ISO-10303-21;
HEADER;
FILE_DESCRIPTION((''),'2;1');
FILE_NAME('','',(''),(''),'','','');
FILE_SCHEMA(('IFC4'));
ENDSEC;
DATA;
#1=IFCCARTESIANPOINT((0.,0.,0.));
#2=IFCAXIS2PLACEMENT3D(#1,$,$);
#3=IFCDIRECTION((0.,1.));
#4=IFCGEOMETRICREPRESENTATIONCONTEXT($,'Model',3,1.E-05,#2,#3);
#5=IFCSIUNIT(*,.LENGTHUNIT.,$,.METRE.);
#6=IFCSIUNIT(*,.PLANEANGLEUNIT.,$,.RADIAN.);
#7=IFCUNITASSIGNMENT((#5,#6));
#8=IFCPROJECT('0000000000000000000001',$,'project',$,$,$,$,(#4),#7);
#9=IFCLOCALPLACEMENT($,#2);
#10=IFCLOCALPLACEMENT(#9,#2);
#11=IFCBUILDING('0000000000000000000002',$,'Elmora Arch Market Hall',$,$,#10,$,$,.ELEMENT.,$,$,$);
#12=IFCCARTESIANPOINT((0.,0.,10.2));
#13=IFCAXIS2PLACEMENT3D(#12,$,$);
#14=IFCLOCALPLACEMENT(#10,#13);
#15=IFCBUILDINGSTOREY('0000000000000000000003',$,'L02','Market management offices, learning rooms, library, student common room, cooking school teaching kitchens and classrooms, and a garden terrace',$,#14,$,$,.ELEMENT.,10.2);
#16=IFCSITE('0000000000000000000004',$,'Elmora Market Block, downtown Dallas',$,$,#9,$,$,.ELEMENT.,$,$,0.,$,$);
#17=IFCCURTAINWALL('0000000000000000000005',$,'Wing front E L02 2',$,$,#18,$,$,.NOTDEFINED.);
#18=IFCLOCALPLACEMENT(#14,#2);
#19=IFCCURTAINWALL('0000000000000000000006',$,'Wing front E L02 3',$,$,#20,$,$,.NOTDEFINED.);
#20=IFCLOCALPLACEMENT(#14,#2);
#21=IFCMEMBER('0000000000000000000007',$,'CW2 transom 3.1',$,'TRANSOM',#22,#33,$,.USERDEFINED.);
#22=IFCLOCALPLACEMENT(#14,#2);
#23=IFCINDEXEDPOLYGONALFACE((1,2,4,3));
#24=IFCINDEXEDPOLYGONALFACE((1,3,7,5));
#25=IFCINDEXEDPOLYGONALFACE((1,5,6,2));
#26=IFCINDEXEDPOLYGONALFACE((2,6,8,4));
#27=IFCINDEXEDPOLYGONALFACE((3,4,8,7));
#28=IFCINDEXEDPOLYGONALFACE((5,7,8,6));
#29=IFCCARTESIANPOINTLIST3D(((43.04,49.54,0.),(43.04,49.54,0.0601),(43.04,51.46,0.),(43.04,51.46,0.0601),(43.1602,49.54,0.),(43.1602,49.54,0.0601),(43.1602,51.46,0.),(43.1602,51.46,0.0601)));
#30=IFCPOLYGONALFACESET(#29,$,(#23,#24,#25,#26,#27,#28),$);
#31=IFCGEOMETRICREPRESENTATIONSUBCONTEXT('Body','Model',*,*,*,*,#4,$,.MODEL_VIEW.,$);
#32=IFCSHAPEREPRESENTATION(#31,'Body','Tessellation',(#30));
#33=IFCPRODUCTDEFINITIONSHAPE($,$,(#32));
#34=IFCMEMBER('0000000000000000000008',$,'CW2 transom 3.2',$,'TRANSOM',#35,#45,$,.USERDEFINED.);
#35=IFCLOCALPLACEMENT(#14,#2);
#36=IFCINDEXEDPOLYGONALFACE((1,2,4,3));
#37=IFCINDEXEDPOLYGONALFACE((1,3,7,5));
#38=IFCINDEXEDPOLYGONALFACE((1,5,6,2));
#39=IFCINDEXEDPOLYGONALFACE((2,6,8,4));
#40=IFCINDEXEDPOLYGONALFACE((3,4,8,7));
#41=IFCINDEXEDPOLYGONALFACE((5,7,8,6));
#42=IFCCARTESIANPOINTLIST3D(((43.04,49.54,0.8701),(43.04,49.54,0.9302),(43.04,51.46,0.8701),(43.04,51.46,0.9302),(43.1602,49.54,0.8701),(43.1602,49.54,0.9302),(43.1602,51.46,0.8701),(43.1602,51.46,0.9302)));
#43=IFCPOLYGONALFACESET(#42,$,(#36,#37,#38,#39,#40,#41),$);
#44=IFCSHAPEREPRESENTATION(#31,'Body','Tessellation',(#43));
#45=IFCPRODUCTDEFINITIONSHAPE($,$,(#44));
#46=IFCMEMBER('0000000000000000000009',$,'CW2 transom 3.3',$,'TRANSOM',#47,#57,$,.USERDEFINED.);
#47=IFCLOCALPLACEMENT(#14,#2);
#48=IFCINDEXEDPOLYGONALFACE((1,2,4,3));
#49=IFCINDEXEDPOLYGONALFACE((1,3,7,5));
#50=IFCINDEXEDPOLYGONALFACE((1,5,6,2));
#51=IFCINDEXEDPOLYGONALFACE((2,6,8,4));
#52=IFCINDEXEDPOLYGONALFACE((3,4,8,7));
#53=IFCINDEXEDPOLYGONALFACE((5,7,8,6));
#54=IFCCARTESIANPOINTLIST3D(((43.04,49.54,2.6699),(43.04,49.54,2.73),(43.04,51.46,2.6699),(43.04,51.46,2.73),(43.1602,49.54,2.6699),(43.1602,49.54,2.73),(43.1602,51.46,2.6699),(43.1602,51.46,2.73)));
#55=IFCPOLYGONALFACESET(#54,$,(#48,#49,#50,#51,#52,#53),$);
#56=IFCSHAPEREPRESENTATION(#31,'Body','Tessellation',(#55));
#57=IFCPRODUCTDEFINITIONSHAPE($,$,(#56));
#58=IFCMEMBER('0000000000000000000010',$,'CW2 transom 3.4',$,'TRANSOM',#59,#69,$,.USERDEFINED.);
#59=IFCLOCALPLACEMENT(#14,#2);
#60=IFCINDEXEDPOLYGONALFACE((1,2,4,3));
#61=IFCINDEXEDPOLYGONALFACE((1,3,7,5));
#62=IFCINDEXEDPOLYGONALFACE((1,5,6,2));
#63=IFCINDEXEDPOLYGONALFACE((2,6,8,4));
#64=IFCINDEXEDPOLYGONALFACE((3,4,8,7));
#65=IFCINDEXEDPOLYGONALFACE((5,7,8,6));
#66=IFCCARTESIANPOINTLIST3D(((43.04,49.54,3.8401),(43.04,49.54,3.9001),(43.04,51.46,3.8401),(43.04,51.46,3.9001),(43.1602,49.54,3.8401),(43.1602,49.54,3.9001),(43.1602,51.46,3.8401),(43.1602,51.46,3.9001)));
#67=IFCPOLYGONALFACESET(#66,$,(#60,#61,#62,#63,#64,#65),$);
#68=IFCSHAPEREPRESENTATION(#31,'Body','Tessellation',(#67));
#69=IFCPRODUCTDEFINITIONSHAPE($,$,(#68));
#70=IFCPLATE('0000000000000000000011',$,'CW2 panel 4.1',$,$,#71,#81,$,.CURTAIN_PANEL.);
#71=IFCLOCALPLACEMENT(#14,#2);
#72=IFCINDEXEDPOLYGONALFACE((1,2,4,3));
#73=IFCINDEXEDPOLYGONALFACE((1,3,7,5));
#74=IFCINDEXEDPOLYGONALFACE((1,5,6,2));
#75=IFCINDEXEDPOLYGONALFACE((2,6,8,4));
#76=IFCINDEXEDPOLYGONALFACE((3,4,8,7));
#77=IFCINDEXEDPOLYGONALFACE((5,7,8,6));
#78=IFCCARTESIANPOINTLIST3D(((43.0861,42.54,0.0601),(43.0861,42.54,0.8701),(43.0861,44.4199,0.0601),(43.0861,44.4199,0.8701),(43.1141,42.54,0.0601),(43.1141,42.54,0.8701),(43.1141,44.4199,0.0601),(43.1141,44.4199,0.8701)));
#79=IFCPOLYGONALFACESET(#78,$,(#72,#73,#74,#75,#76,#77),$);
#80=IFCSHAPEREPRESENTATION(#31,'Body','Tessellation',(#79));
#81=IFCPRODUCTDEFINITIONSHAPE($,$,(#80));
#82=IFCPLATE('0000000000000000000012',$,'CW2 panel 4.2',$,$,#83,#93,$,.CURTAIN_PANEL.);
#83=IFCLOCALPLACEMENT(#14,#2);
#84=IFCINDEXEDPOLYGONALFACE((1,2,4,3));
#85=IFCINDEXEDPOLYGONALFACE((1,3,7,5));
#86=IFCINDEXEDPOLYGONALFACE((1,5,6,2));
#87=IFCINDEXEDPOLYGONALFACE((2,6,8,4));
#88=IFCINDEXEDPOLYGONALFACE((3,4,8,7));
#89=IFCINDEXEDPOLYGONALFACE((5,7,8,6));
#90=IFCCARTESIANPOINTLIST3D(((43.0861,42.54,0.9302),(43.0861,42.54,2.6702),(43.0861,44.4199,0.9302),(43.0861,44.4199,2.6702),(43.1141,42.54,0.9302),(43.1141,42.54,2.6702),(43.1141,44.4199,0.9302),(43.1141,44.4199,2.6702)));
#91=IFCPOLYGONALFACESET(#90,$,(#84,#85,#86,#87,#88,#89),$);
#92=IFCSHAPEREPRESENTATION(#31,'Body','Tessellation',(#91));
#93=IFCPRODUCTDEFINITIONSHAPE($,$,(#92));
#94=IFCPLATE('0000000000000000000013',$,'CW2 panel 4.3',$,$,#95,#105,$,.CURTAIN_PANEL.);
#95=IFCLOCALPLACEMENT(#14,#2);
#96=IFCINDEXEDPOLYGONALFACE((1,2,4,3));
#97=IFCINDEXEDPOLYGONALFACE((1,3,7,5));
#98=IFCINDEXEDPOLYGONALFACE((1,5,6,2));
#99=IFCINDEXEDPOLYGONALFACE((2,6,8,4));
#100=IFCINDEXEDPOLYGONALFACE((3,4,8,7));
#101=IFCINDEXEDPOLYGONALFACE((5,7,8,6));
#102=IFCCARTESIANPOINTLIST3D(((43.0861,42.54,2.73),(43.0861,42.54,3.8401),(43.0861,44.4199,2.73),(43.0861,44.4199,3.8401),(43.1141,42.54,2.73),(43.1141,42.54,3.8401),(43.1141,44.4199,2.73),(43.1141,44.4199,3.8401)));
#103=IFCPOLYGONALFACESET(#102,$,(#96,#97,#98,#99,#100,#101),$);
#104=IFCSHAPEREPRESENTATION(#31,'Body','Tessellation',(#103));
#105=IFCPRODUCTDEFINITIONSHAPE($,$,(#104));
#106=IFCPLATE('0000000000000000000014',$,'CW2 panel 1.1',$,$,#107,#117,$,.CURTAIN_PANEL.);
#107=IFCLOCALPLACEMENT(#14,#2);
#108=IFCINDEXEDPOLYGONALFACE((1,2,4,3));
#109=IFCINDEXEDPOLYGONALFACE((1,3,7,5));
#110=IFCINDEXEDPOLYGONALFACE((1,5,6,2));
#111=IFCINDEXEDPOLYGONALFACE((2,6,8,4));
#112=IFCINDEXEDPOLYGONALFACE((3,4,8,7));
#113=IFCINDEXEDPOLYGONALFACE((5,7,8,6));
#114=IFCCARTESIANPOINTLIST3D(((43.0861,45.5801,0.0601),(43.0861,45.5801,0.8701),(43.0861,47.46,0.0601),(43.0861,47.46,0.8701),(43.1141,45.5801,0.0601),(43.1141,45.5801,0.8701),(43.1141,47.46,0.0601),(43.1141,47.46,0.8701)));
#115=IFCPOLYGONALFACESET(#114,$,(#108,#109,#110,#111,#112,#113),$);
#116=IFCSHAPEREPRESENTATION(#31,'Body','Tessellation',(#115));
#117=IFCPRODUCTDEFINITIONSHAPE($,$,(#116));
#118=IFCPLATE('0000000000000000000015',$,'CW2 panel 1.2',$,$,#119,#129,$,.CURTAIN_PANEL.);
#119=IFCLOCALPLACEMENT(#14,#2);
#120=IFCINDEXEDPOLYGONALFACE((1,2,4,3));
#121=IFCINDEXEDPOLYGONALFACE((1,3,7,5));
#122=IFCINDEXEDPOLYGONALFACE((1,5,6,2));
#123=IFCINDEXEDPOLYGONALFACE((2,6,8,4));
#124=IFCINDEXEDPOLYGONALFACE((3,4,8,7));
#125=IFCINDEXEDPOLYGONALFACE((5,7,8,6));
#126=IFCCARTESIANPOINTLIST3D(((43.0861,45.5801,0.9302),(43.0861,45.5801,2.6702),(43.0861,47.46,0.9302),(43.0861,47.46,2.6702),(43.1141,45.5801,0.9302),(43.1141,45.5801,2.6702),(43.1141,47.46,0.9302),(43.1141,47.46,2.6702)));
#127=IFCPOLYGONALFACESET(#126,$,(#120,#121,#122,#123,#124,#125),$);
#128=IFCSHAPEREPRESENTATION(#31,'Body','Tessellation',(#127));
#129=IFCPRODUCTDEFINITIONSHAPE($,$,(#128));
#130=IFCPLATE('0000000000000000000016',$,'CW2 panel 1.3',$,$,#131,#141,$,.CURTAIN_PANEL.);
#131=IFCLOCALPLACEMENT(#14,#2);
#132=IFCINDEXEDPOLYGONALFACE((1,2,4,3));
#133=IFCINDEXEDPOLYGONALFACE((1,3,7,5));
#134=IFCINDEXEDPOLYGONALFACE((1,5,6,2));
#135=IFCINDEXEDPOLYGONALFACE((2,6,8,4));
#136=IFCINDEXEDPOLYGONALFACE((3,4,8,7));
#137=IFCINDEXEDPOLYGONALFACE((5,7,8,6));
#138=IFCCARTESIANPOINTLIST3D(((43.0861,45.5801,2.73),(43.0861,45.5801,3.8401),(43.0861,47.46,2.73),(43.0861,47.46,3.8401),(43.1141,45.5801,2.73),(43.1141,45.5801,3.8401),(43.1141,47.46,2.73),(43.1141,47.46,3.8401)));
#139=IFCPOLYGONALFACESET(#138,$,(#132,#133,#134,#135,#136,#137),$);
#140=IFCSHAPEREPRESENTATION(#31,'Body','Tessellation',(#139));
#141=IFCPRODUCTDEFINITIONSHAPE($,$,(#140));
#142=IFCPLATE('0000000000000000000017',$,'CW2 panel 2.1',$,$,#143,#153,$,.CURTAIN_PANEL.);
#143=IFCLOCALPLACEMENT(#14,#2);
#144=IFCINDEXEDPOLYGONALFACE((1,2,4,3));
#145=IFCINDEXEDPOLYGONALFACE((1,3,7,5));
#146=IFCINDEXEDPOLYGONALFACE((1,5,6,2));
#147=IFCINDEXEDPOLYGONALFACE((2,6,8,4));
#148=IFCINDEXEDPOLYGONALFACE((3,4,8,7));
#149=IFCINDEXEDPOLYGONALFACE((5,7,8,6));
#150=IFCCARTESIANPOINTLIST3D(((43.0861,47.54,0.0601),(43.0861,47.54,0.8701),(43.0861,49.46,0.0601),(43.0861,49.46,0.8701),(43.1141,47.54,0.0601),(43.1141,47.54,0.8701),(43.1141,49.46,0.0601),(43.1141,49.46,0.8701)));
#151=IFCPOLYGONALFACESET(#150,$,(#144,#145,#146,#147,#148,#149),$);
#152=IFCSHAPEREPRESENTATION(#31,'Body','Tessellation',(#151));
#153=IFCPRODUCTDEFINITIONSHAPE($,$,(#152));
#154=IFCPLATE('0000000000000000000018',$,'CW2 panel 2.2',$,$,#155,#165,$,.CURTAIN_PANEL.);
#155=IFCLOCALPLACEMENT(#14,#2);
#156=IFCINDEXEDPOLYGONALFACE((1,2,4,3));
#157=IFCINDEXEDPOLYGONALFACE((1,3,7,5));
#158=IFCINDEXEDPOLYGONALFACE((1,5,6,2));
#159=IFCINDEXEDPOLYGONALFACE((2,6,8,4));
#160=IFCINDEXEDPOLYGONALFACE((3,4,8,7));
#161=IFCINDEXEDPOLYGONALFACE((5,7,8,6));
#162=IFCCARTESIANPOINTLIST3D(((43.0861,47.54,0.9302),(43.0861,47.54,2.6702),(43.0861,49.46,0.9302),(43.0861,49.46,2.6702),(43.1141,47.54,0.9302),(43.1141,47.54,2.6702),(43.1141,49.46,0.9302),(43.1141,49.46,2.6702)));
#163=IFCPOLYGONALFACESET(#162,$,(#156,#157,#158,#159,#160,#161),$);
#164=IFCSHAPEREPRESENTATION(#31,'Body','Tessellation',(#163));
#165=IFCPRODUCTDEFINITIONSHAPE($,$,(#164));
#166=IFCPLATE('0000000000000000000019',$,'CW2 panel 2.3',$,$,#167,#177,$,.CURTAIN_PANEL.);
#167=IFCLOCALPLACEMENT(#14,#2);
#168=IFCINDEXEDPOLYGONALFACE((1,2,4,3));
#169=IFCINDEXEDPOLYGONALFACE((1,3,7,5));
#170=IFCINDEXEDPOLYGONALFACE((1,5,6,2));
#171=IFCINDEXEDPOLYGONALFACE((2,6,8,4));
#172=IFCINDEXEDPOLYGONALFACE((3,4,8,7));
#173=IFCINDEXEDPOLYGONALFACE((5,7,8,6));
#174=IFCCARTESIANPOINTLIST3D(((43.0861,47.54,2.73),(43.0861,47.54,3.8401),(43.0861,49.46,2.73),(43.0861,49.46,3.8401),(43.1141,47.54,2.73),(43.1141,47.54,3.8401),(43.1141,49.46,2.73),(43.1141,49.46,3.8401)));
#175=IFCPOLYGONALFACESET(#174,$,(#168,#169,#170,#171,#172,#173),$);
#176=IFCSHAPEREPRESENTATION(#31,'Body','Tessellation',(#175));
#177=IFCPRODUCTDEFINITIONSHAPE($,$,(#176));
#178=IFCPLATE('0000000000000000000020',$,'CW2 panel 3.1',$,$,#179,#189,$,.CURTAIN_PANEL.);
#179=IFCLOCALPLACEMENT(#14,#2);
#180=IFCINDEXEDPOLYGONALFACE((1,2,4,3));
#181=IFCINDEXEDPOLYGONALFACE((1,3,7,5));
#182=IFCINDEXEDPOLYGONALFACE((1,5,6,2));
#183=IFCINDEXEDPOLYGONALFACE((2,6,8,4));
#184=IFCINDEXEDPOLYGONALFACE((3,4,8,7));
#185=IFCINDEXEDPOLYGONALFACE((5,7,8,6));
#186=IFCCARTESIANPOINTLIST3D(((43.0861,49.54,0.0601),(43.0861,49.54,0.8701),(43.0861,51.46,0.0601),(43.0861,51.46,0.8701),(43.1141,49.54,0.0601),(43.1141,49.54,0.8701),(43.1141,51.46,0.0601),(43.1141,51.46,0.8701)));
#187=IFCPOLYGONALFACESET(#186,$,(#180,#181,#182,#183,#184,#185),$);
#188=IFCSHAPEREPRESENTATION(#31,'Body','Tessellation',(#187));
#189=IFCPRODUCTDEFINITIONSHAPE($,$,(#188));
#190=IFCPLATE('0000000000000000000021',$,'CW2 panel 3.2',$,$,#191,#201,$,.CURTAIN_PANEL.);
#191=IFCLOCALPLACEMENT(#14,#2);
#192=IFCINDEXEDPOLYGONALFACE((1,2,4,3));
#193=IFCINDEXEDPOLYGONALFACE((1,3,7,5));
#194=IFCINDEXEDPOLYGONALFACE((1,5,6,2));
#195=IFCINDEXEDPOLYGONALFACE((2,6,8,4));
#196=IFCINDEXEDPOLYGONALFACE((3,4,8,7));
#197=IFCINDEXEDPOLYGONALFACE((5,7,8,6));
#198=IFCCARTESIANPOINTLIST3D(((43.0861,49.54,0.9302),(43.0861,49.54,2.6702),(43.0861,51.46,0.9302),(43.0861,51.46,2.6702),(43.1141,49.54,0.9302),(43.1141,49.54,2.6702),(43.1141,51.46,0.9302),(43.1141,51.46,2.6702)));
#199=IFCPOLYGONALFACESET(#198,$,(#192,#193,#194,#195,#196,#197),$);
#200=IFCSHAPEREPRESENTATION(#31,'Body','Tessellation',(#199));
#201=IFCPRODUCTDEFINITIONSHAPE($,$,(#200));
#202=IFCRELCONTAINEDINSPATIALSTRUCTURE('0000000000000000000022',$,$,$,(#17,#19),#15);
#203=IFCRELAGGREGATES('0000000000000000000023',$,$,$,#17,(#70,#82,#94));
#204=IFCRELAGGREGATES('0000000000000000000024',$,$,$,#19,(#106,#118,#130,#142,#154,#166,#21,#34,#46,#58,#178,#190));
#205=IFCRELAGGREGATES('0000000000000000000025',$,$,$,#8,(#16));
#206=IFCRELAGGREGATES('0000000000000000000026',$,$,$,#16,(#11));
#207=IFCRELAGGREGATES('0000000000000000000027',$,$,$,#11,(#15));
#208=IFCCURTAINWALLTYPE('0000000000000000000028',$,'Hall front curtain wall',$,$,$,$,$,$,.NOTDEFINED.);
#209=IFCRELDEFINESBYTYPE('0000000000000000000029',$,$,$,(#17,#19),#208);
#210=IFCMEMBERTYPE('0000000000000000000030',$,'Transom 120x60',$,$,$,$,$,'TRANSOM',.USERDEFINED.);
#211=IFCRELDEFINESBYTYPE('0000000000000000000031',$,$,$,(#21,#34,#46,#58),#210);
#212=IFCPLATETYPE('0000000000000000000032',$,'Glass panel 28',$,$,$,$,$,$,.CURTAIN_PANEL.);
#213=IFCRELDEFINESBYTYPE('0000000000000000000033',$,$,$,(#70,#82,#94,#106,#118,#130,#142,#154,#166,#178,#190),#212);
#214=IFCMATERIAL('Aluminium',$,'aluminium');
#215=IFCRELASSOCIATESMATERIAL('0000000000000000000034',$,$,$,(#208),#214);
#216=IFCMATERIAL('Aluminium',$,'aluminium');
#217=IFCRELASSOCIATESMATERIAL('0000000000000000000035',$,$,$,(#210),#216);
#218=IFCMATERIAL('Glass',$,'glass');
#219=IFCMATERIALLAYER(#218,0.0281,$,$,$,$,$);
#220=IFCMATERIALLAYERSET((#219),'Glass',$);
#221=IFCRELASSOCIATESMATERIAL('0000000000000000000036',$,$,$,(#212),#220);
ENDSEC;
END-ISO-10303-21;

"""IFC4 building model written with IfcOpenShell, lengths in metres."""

from ifc_helpers import new_model, si_unit, direction, frame, origin, origin_2d, place, context, subcontext, project, spatial, rectangle, extrude, material, layer, layer_set, material_profile, profile_set, type_object, element, aggregate, save


model = new_model("IFC4")

# Units and contexts
model_context = context("Model", 3, precision=1e-05, world=origin(), true_north=direction((0.0, 1.0)))
body_context = subcontext(model_context, "Body", "Model", "MODEL_VIEW")
ifc_project = project(units=[si_unit("LENGTHUNIT", "METRE"), si_unit("PLANEANGLEUNIT", "RADIAN")], contexts=[model_context])

# Site, building, storey
site_placement = place(None, origin())
site = spatial("IfcSite", under=ifc_project, at=site_placement, Name="Elmora Market Block, downtown Dallas", CompositionType="ELEMENT", RefElevation=0.0)
building_placement = place(site_placement, origin())
building = spatial("IfcBuilding", under=site, at=building_placement, Name="Elmora Arch Market Hall", CompositionType="ELEMENT")
storey_placement = place(building_placement, frame((0.0, 0.0, 10.2)))
storey = spatial("IfcBuildingStorey", under=building, at=storey_placement, Name="L02", Description="Market management offices, learning rooms, library, student common room, cooking school teaching kitchens and classrooms, and a garden terrace", CompositionType="ELEMENT", Elevation=10.2)

# Curtain wall
ifc_material_1 = material(Name="Aluminium", Category="aluminium")
curtain_wall_type = type_object("IfcCurtainWallType", Name="Hall front curtain wall", PredefinedType="NOTDEFINED", material=ifc_material_1)
curtain_wall_1_placement = place(storey_placement, origin())
curtain_wall_1 = element("IfcCurtainWall", 1, at=curtain_wall_1_placement, inside=storey, type_object=curtain_wall_type, Name="Wing front E L02 2", PredefinedType="NOTDEFINED")

# Curtain wall
curtain_wall_2_placement = place(storey_placement, origin())
curtain_wall_2 = element("IfcCurtainWall", 2, at=curtain_wall_2_placement, inside=storey, type_object=curtain_wall_type, Name="Wing front E L02 3", PredefinedType="NOTDEFINED")

# Members
ifc_material_2 = material(Name="Aluminium", Category="aluminium")
ifc_material_profile_1 = material_profile(ifc_material_2, rectangle(XDim=0.1201, YDim=0.0601, at=origin_2d()), Name="AL 120x60")
ifc_profile_set_1 = profile_set([ifc_material_profile_1], Name="Aluminium")
member_type_1 = type_object("IfcMemberType", Name="Transom 120x60", ElementType="TRANSOM", PredefinedType="USERDEFINED", material=ifc_profile_set_1)
member_1_placement = place(storey_placement, frame((43.1001, 49.54, 0.03), z_axis=(0.0, 1.0, 0.0), x_axis=(-1.0, 0.0, 0.0)))
member_1 = element("IfcMember", 3, at=member_1_placement, type_object=member_type_1, Name="CW2 transom 3.1", ObjectType="TRANSOM", PredefinedType="USERDEFINED", context=body_context, shape_type="SweptSolid", body=[
    extrude(rectangle(XDim=0.1201, YDim=0.0601, at=origin_2d()), origin(), (0.0, 0.0, 1.0), 1.9199),
])
member_2_placement = place(storey_placement, frame((43.1001, 49.54, 0.9001), z_axis=(0.0, 1.0, 0.0), x_axis=(-1.0, 0.0, 0.0)))
member_2 = element("IfcMember", 4, at=member_2_placement, type_object=member_type_1, Name="CW2 transom 3.2", ObjectType="TRANSOM", PredefinedType="USERDEFINED", context=body_context, shape_type="SweptSolid", body=[
    extrude(rectangle(XDim=0.1201, YDim=0.0601, at=origin_2d()), origin(), (0.0, 0.0, 1.0), 1.9199),
])
member_3_placement = place(storey_placement, frame((43.1001, 49.54, 2.7), z_axis=(0.0, 1.0, 0.0), x_axis=(-1.0, 0.0, 0.0)))
member_3 = element("IfcMember", 5, at=member_3_placement, type_object=member_type_1, Name="CW2 transom 3.3", ObjectType="TRANSOM", PredefinedType="USERDEFINED", context=body_context, shape_type="SweptSolid", body=[
    extrude(rectangle(XDim=0.1201, YDim=0.0601, at=origin_2d()), origin(), (0.0, 0.0, 1.0), 1.9199),
])
member_4_placement = place(storey_placement, frame((43.1001, 49.54, 3.8701), z_axis=(0.0, 1.0, 0.0), x_axis=(-1.0, 0.0, 0.0)))
member_4 = element("IfcMember", 6, at=member_4_placement, type_object=member_type_1, Name="CW2 transom 3.4", ObjectType="TRANSOM", PredefinedType="USERDEFINED", context=body_context, shape_type="SweptSolid", body=[
    extrude(rectangle(XDim=0.1201, YDim=0.0601, at=origin_2d()), origin(), (0.0, 0.0, 1.0), 1.9199),
])

# Plates
ifc_material_3 = material(Name="Glass", Category="glass")
ifc_layer = layer(ifc_material_3, 0.0281)
ifc_layer_set = layer_set([ifc_layer], Name="Glass")
plate_type = type_object("IfcPlateType", Name="Glass panel 28", PredefinedType="CURTAIN_PANEL", material=ifc_layer_set)
plate_1_placement = place(storey_placement, frame((43.1001, 43.48, 0.0601), z_axis=(0.0, 0.0, 1.0), x_axis=(0.0, 1.0, 0.0)))
plate_1 = element("IfcPlate", 7, at=plate_1_placement, type_object=plate_type, Name="CW2 panel 4.1", PredefinedType="CURTAIN_PANEL", context=body_context, shape_type="SweptSolid", body=[
    extrude(rectangle(XDim=1.8799, YDim=0.0281, at=origin_2d()), origin(), (0.0, 0.0, 1.0), 0.8101),
])
plate_2_placement = place(storey_placement, frame((43.1001, 43.48, 0.9302), z_axis=(0.0, 0.0, 1.0), x_axis=(0.0, 1.0, 0.0)))
plate_2 = element("IfcPlate", 8, at=plate_2_placement, type_object=plate_type, Name="CW2 panel 4.2", PredefinedType="CURTAIN_PANEL", context=body_context, shape_type="SweptSolid", body=[
    extrude(rectangle(XDim=1.8799, YDim=0.0281, at=origin_2d()), origin(), (0.0, 0.0, 1.0), 1.74),
])
plate_3_placement = place(storey_placement, frame((43.1001, 43.48, 2.73), z_axis=(0.0, 0.0, 1.0), x_axis=(0.0, 1.0, 0.0)))
plate_3 = element("IfcPlate", 9, at=plate_3_placement, type_object=plate_type, Name="CW2 panel 4.3", PredefinedType="CURTAIN_PANEL", context=body_context, shape_type="SweptSolid", body=[
    extrude(rectangle(XDim=1.8799, YDim=0.0281, at=origin_2d()), origin(), (0.0, 0.0, 1.0), 1.1101),
])
aggregate(curtain_wall_1, [plate_1, plate_2, plate_3])
plate_4_placement = place(storey_placement, frame((43.1001, 46.52, 0.0601), z_axis=(0.0, 0.0, 1.0), x_axis=(0.0, 1.0, 0.0)))
plate_4 = element("IfcPlate", 10, at=plate_4_placement, type_object=plate_type, Name="CW2 panel 1.1", PredefinedType="CURTAIN_PANEL", context=body_context, shape_type="SweptSolid", body=[
    extrude(rectangle(XDim=1.8799, YDim=0.0281, at=origin_2d()), origin(), (0.0, 0.0, 1.0), 0.8101),
])
plate_5_placement = place(storey_placement, frame((43.1001, 46.52, 0.9302), z_axis=(0.0, 0.0, 1.0), x_axis=(0.0, 1.0, 0.0)))
plate_5 = element("IfcPlate", 11, at=plate_5_placement, type_object=plate_type, Name="CW2 panel 1.2", PredefinedType="CURTAIN_PANEL", context=body_context, shape_type="SweptSolid", body=[
    extrude(rectangle(XDim=1.8799, YDim=0.0281, at=origin_2d()), origin(), (0.0, 0.0, 1.0), 1.74),
])
plate_6_placement = place(storey_placement, frame((43.1001, 46.52, 2.73), z_axis=(0.0, 0.0, 1.0), x_axis=(0.0, 1.0, 0.0)))
plate_6 = element("IfcPlate", 12, at=plate_6_placement, type_object=plate_type, Name="CW2 panel 1.3", PredefinedType="CURTAIN_PANEL", context=body_context, shape_type="SweptSolid", body=[
    extrude(rectangle(XDim=1.8799, YDim=0.0281, at=origin_2d()), origin(), (0.0, 0.0, 1.0), 1.1101),
])
plate_7_placement = place(storey_placement, frame((43.1001, 48.5, 0.0601), z_axis=(0.0, 0.0, 1.0), x_axis=(0.0, 1.0, 0.0)))
plate_7 = element("IfcPlate", 13, at=plate_7_placement, type_object=plate_type, Name="CW2 panel 2.1", PredefinedType="CURTAIN_PANEL", context=body_context, shape_type="SweptSolid", body=[
    extrude(rectangle(XDim=1.9199, YDim=0.0281, at=origin_2d()), origin(), (0.0, 0.0, 1.0), 0.8101),
])
plate_8_placement = place(storey_placement, frame((43.1001, 48.5, 0.9302), z_axis=(0.0, 0.0, 1.0), x_axis=(0.0, 1.0, 0.0)))
plate_8 = element("IfcPlate", 14, at=plate_8_placement, type_object=plate_type, Name="CW2 panel 2.2", PredefinedType="CURTAIN_PANEL", context=body_context, shape_type="SweptSolid", body=[
    extrude(rectangle(XDim=1.9199, YDim=0.0281, at=origin_2d()), origin(), (0.0, 0.0, 1.0), 1.74),
])
plate_9_placement = place(storey_placement, frame((43.1001, 48.5, 2.73), z_axis=(0.0, 0.0, 1.0), x_axis=(0.0, 1.0, 0.0)))
plate_9 = element("IfcPlate", 15, at=plate_9_placement, type_object=plate_type, Name="CW2 panel 2.3", PredefinedType="CURTAIN_PANEL", context=body_context, shape_type="SweptSolid", body=[
    extrude(rectangle(XDim=1.9199, YDim=0.0281, at=origin_2d()), origin(), (0.0, 0.0, 1.0), 1.1101),
])
plate_10_placement = place(storey_placement, frame((43.1001, 50.5, 0.0601), z_axis=(0.0, 0.0, 1.0), x_axis=(0.0, 1.0, 0.0)))
plate_10 = element("IfcPlate", 16, at=plate_10_placement, type_object=plate_type, Name="CW2 panel 3.1", PredefinedType="CURTAIN_PANEL", context=body_context, shape_type="SweptSolid", body=[
    extrude(rectangle(XDim=1.9199, YDim=0.0281, at=origin_2d()), origin(), (0.0, 0.0, 1.0), 0.8101),
])
plate_11_placement = place(storey_placement, frame((43.1001, 50.5, 0.9302), z_axis=(0.0, 0.0, 1.0), x_axis=(0.0, 1.0, 0.0)))
plate_11 = element("IfcPlate", 17, at=plate_11_placement, type_object=plate_type, Name="CW2 panel 3.2", PredefinedType="CURTAIN_PANEL", context=body_context, shape_type="SweptSolid", body=[
    extrude(rectangle(XDim=1.9199, YDim=0.0281, at=origin_2d()), origin(), (0.0, 0.0, 1.0), 1.74),
])
aggregate(curtain_wall_2, [plate_4, plate_5, plate_6, plate_7, plate_8, plate_9, member_1, member_2, member_3, member_4, plate_10, plate_11])

save(model, "model.ifc")
